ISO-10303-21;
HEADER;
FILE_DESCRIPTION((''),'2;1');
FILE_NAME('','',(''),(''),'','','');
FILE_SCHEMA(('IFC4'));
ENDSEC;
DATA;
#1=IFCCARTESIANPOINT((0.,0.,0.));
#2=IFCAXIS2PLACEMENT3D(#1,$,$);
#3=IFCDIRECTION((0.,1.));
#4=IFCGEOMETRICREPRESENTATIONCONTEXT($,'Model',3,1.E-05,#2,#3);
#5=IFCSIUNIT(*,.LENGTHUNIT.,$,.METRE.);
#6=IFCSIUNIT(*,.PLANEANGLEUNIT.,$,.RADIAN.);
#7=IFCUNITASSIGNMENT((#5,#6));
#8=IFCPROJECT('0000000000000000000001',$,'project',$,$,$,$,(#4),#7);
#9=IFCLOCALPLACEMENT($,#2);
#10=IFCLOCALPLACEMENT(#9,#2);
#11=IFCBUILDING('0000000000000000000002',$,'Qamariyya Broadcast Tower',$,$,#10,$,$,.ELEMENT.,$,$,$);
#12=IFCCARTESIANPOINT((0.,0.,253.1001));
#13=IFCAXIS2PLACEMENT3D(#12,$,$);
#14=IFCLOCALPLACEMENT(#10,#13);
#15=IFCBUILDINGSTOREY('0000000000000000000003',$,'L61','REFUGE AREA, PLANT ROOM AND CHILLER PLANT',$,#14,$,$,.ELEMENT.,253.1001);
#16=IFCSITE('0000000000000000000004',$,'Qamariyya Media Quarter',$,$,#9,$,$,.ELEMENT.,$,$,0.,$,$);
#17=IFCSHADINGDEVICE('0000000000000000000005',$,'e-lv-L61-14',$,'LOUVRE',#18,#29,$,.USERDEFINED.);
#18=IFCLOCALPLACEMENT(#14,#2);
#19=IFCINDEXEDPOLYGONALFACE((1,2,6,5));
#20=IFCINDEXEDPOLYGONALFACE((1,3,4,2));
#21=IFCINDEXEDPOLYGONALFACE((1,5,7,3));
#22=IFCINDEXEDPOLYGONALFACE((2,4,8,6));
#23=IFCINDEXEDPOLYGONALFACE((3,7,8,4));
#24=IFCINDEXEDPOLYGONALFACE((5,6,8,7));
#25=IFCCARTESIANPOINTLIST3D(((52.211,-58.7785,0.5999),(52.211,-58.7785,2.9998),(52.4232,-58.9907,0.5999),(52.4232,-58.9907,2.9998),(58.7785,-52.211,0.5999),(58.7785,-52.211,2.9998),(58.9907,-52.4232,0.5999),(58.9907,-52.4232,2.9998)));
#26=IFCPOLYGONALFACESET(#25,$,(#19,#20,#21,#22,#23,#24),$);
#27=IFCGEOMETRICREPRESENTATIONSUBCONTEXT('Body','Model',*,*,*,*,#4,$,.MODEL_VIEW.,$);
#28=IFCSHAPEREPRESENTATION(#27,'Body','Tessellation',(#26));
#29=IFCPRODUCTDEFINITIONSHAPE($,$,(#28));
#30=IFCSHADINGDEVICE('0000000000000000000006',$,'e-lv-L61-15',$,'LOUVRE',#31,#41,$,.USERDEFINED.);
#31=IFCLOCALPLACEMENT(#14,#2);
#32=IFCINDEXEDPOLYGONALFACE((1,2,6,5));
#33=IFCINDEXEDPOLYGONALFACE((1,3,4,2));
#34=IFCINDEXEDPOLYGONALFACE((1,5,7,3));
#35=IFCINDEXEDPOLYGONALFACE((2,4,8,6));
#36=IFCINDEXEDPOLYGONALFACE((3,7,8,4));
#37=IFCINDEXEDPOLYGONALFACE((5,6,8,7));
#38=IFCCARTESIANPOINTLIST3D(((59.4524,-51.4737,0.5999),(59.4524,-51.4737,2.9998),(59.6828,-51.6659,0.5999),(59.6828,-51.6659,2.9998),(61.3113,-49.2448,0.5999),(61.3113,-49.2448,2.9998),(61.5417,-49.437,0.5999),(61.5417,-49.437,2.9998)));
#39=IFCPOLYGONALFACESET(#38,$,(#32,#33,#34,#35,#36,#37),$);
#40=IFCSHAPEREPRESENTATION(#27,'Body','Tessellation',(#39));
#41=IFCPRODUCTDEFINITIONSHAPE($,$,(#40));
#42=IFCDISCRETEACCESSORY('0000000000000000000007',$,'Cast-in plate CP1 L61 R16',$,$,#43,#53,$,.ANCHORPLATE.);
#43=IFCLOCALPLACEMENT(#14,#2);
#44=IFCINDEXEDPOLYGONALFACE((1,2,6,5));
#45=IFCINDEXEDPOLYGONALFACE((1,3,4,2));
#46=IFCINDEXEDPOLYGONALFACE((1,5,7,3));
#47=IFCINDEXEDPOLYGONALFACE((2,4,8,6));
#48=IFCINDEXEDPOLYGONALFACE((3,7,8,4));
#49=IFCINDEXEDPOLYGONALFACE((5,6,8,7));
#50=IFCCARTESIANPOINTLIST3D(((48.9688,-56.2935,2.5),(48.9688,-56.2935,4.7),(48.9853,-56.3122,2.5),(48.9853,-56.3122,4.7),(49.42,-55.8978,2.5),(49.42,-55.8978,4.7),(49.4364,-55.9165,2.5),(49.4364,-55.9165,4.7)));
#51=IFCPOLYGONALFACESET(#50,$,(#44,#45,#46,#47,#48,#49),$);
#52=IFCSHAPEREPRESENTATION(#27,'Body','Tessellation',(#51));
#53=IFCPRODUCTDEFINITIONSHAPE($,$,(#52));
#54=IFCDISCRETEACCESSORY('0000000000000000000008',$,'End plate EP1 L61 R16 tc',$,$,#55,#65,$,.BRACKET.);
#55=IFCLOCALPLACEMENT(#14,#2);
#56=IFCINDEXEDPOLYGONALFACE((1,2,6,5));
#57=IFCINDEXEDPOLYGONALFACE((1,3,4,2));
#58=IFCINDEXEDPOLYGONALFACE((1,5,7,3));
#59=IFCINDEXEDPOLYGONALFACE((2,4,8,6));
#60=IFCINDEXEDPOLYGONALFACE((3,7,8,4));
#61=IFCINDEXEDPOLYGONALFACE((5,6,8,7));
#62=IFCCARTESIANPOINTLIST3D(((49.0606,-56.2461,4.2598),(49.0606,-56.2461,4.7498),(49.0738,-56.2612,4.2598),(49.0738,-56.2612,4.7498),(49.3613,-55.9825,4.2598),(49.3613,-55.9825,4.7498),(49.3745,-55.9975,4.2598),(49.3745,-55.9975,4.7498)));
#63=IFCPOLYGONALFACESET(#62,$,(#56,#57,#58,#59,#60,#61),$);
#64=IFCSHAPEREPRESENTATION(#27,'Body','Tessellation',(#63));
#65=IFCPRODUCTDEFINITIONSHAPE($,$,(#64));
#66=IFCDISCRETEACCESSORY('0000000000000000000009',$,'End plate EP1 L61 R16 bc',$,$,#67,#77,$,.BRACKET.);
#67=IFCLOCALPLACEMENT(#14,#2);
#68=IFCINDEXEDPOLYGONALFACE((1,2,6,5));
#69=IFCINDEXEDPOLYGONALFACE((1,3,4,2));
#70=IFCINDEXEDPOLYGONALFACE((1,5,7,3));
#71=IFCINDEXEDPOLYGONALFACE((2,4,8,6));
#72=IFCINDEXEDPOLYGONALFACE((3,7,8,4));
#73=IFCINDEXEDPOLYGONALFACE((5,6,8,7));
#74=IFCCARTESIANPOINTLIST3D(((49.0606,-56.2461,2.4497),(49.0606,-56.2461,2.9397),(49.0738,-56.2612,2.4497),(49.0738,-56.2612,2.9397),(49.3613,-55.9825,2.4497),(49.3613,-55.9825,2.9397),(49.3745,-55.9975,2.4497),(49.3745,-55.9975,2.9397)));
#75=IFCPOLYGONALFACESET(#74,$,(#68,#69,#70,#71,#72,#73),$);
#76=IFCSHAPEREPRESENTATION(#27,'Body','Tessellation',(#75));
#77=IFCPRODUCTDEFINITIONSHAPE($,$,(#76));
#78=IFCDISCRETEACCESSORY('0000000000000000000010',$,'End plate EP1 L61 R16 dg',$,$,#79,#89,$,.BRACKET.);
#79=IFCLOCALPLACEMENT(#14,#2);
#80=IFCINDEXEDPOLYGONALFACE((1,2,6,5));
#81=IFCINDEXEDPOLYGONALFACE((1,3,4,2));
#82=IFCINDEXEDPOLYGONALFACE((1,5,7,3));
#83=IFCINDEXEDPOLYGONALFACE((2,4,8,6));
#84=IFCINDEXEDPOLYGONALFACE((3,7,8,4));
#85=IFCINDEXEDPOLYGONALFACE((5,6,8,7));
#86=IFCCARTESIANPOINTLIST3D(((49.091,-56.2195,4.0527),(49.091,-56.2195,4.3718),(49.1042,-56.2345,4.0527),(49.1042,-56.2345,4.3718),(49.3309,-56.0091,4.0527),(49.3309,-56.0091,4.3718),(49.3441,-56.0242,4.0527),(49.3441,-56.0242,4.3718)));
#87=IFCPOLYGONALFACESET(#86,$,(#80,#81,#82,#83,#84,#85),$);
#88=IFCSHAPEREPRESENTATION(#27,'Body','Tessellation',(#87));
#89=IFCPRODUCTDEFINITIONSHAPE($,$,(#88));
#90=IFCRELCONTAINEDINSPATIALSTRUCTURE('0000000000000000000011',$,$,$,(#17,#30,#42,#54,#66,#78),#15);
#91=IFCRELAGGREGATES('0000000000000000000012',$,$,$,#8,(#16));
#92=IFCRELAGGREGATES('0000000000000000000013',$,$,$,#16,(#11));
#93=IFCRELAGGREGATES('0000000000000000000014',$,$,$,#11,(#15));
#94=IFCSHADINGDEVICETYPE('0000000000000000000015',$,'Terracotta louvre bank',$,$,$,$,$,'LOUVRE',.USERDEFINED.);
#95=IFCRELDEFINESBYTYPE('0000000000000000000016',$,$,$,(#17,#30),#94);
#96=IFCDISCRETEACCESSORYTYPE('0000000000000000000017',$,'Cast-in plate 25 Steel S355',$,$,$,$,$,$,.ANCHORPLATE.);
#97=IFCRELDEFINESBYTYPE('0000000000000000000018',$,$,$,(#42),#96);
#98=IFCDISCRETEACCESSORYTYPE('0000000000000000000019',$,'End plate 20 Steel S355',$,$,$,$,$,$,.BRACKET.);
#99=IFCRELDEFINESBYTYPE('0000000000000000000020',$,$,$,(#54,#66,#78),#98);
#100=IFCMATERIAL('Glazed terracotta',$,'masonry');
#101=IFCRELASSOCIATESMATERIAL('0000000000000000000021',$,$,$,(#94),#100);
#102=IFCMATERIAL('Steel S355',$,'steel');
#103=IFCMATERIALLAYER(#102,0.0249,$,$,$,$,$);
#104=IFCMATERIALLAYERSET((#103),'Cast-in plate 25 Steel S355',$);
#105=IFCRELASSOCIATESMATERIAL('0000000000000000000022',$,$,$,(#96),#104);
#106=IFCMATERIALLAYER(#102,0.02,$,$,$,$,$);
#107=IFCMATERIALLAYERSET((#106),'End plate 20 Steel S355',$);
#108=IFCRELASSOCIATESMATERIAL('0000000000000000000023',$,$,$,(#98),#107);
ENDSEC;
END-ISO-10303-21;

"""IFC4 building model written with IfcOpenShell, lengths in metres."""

from ifc_helpers import new_model, si_unit, direction, frame, origin, origin_2d, place, context, subcontext, project, spatial, rectangle, extrude, material, layer, layer_set, type_object, element, save


model = new_model("IFC4")

# Units and contexts
model_context = context("Model", 3, precision=1e-05, world=origin(), true_north=direction((0.0, 1.0)))
body_context = subcontext(model_context, "Body", "Model", "MODEL_VIEW")
ifc_project = project(units=[si_unit("LENGTHUNIT", "METRE"), si_unit("PLANEANGLEUNIT", "RADIAN")], contexts=[model_context])

# Site, building, storey
site_placement = place(None, origin())
site = spatial("IfcSite", under=ifc_project, at=site_placement, Name="Qamariyya Media Quarter", CompositionType="ELEMENT", RefElevation=0.0)
building_placement = place(site_placement, origin())
building = spatial("IfcBuilding", under=site, at=building_placement, Name="Qamariyya Broadcast Tower", CompositionType="ELEMENT")
storey_placement = place(building_placement, frame((0.0, 0.0, 253.1001)))
storey = spatial("IfcBuildingStorey", under=building, at=storey_placement, Name="L61", Description="REFUGE AREA, PLANT ROOM AND CHILLER PLANT", CompositionType="ELEMENT", Elevation=253.1001)

# Shared definitions
ifc_material_1 = material(Name="Steel S355", Category="steel")

# Shading devices
ifc_material_2 = material(Name="Glazed terracotta", Category="masonry")
shading_device_type = type_object("IfcShadingDeviceType", Name="Terracotta louvre bank", ElementType="LOUVRE", PredefinedType="USERDEFINED", material=ifc_material_2)
shading_device_1_placement = place(storey_placement, frame((55.6008, -55.6008, 0.5999), z_axis=(0.0, 0.0, 1.0), x_axis=(0.707107, 0.707107, 0.0)))
element("IfcShadingDevice", 1, at=shading_device_1_placement, inside=storey, type_object=shading_device_type, Name="e-lv-L61-14", ObjectType="LOUVRE", PredefinedType="USERDEFINED", context=body_context, shape_type="SweptSolid", body=[
    extrude(rectangle(XDim=9.2878, YDim=0.3, at=origin_2d()), origin(), (0.0, 0.0, 1.0), 2.3999),
])
shading_device_2_placement = place(storey_placement, frame((60.4971, -50.4553, 0.5999), z_axis=(0.0, 0.0, 1.0), x_axis=(0.640492, 0.767965, 0.0)))
element("IfcShadingDevice", 2, at=shading_device_2_placement, inside=storey, type_object=shading_device_type, Name="e-lv-L61-15", ObjectType="LOUVRE", PredefinedType="USERDEFINED", context=body_context, shape_type="SweptSolid", body=[
    extrude(rectangle(XDim=2.9023, YDim=0.3, at=origin_2d()), origin(), (0.0, 0.0, 1.0), 2.3999),
])

# Discrete accessories
ifc_layer_1 = layer(ifc_material_1, 0.0249)
ifc_layer_set_1 = layer_set([ifc_layer_1], Name="Cast-in plate 25 Steel S355")
discrete_accessory_type_1 = type_object("IfcDiscreteAccessoryType", Name="Cast-in plate 25 Steel S355", PredefinedType="ANCHORPLATE", material=ifc_layer_set_1)
discrete_accessory_1_placement = place(storey_placement, frame((49.2026, -56.105, 2.5), z_axis=(0.0, 0.0, 1.0), x_axis=(-0.75184, -0.659346, 0.0)))
element("IfcDiscreteAccessory", 3, at=discrete_accessory_1_placement, inside=storey, type_object=discrete_accessory_type_1, Name="Cast-in plate CP1 L61 R16", PredefinedType="ANCHORPLATE", context=body_context, shape_type="SweptSolid", body=[
    extrude(rectangle(XDim=0.6001, YDim=0.0249, at=origin_2d()), origin(), (0.0, 0.0, 1.0), 2.2),
])
ifc_layer_2 = layer(ifc_material_1, 0.02)
ifc_layer_set_2 = layer_set([ifc_layer_2], Name="End plate 20 Steel S355")
discrete_accessory_type_2 = type_object("IfcDiscreteAccessoryType", Name="End plate 20 Steel S355", PredefinedType="BRACKET", material=ifc_layer_set_2)
for number, where, z_axis, x_axis, name in (
    (4, (49.2175, -56.1218, 4.2598), (0.0, 0.0, 1.0), (-0.75184, -0.659346, 0.0), "End plate EP1 L61 R16 tc"),
    (5, (49.2175, -56.1218, 2.4497), (0.0, 0.0, 1.0), (-0.75184, -0.659346, 0.0), "End plate EP1 L61 R16 bc"),
):
    element("IfcDiscreteAccessory", number, at=place(storey_placement, frame(where, z_axis=z_axis, x_axis=x_axis)), inside=storey, type_object=discrete_accessory_type_2, Name=name, PredefinedType="BRACKET", context=body_context, shape_type="SweptSolid", body=[
        extrude(rectangle(XDim=0.3999, YDim=0.02, at=origin_2d()), origin(), (0.0, 0.0, 1.0), 0.49),
    ])
discrete_accessory_2_placement = place(storey_placement, frame((49.2175, -56.1218, 4.0527), z_axis=(0.0, 0.0, 1.0), x_axis=(-0.75184, -0.659346, 0.0)))
element("IfcDiscreteAccessory", 6, at=discrete_accessory_2_placement, inside=storey, type_object=discrete_accessory_type_2, Name="End plate EP1 L61 R16 dg", PredefinedType="BRACKET", context=body_context, shape_type="SweptSolid", body=[
    extrude(rectangle(XDim=0.3191, YDim=0.02, at=origin_2d()), origin(), (0.0, 0.0, 1.0), 0.3191),
])

save(model, "model.ifc")
